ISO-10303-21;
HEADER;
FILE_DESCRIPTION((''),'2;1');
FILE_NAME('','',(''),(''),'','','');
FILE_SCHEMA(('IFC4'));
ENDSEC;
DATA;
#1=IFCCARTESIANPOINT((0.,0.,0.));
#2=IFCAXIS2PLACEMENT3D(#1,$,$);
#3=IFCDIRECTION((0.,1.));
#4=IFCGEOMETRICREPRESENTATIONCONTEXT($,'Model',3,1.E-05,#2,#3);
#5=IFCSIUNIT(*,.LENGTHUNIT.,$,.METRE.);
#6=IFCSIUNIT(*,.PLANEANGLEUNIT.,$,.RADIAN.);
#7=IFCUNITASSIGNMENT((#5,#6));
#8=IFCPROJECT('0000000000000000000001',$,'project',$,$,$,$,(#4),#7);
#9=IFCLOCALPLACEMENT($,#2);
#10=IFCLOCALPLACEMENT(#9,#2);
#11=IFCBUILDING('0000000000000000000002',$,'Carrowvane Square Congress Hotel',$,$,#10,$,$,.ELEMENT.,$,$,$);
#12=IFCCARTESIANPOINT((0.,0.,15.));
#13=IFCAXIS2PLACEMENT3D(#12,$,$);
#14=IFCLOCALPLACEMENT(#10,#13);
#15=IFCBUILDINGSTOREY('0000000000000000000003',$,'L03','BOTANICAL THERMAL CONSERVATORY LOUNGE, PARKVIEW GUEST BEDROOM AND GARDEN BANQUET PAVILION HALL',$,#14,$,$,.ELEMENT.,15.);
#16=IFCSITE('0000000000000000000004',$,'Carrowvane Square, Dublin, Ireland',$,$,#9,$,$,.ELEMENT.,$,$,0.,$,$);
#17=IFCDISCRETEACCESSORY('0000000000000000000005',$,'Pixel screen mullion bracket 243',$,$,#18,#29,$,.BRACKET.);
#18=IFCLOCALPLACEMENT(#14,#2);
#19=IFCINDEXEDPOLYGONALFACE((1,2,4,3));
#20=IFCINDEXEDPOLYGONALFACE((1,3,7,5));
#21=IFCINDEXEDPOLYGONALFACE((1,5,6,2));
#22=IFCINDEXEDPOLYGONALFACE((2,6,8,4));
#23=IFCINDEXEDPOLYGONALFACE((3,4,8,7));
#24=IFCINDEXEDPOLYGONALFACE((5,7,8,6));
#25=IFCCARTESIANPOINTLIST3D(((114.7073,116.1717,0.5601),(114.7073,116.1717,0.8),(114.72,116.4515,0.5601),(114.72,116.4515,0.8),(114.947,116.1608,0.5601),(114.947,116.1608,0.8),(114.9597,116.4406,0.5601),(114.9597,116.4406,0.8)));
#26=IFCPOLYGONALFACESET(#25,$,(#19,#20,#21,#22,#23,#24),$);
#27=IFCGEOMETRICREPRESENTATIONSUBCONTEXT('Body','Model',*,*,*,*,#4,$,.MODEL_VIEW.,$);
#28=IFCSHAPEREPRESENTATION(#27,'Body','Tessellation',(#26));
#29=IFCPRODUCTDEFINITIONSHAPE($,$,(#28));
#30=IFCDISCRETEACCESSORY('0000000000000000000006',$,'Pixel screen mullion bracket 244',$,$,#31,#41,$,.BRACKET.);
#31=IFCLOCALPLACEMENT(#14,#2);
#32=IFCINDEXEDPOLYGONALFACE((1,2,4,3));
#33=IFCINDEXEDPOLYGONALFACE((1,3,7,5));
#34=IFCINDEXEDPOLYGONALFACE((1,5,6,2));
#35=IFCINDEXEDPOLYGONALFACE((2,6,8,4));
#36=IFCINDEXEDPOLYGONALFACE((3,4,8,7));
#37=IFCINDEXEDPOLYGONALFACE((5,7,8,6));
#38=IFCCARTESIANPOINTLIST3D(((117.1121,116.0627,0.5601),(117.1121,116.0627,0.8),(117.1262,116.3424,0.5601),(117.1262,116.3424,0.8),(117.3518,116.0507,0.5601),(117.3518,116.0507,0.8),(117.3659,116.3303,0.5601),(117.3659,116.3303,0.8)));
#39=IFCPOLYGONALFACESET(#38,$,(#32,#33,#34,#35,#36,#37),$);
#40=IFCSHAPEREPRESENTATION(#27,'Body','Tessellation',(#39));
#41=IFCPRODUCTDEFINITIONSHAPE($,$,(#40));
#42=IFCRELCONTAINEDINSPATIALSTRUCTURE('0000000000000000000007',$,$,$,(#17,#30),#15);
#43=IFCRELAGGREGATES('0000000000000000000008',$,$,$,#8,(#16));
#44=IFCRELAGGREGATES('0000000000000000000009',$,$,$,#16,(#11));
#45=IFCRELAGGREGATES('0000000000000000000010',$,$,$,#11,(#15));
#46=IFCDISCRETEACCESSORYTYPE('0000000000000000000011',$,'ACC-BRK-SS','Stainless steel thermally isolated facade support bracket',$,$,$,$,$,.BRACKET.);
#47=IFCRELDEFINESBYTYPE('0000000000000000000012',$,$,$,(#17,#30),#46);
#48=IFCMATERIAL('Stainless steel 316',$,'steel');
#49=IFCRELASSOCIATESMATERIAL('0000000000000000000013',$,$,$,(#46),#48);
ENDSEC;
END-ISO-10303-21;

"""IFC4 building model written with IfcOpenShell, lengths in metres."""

from ifc_helpers import new_model, si_unit, direction, frame, origin, origin_2d, place, context, subcontext, project, spatial, rectangle, extrude, material, type_object, element, save


model = new_model("IFC4")

# Units and contexts
model_context = context("Model", 3, precision=1e-05, world=origin(), true_north=direction((0.0, 1.0)))
body_context = subcontext(model_context, "Body", "Model", "MODEL_VIEW")
ifc_project = project(units=[si_unit("LENGTHUNIT", "METRE"), si_unit("PLANEANGLEUNIT", "RADIAN")], contexts=[model_context])

# Site, building, storey
site_placement = place(None, origin())
site = spatial("IfcSite", under=ifc_project, at=site_placement, Name="Carrowvane Square, Dublin, Ireland", CompositionType="ELEMENT", RefElevation=0.0)
building_placement = place(site_placement, origin())
building = spatial("IfcBuilding", under=site, at=building_placement, Name="Carrowvane Square Congress Hotel", CompositionType="ELEMENT")
storey_placement = place(building_placement, frame((0.0, 0.0, 15.0)))
storey = spatial("IfcBuildingStorey", under=building, at=storey_placement, Name="L03", Description="BOTANICAL THERMAL CONSERVATORY LOUNGE, PARKVIEW GUEST BEDROOM AND GARDEN BANQUET PAVILION HALL", CompositionType="ELEMENT", Elevation=15.0)

# Discrete accessories
ifc_material_1 = material(Name="Stainless steel 316", Category="steel")
discrete_accessory_type = type_object("IfcDiscreteAccessoryType", Name="ACC-BRK-SS", Description="Stainless steel thermally isolated facade support bracket", PredefinedType="BRACKET", material=ifc_material_1)
for number, where, z_axis, x_axis, name in (
    (1, (114.8335, 116.3062, 0.5601), (0.0, 0.0, 1.0), (0.998968, -0.045414, 0.0), "Pixel screen mullion bracket 243"),
    (2, (117.239, 116.1965, 0.5601), (0.0, 0.0, 1.0), (0.998733, -0.050322, 0.0), "Pixel screen mullion bracket 244"),
):
    element("IfcDiscreteAccessory", number, at=place(storey_placement, frame(where, z_axis=z_axis, x_axis=x_axis)), inside=storey, type_object=discrete_accessory_type, Name=name, PredefinedType="BRACKET", context=body_context, shape_type="SweptSolid", body=[
        extrude(rectangle(XDim=0.24, YDim=0.28, at=origin_2d()), origin(), (0.0, 0.0, 1.0), 0.24),
    ])

save(model, "model.ifc")
